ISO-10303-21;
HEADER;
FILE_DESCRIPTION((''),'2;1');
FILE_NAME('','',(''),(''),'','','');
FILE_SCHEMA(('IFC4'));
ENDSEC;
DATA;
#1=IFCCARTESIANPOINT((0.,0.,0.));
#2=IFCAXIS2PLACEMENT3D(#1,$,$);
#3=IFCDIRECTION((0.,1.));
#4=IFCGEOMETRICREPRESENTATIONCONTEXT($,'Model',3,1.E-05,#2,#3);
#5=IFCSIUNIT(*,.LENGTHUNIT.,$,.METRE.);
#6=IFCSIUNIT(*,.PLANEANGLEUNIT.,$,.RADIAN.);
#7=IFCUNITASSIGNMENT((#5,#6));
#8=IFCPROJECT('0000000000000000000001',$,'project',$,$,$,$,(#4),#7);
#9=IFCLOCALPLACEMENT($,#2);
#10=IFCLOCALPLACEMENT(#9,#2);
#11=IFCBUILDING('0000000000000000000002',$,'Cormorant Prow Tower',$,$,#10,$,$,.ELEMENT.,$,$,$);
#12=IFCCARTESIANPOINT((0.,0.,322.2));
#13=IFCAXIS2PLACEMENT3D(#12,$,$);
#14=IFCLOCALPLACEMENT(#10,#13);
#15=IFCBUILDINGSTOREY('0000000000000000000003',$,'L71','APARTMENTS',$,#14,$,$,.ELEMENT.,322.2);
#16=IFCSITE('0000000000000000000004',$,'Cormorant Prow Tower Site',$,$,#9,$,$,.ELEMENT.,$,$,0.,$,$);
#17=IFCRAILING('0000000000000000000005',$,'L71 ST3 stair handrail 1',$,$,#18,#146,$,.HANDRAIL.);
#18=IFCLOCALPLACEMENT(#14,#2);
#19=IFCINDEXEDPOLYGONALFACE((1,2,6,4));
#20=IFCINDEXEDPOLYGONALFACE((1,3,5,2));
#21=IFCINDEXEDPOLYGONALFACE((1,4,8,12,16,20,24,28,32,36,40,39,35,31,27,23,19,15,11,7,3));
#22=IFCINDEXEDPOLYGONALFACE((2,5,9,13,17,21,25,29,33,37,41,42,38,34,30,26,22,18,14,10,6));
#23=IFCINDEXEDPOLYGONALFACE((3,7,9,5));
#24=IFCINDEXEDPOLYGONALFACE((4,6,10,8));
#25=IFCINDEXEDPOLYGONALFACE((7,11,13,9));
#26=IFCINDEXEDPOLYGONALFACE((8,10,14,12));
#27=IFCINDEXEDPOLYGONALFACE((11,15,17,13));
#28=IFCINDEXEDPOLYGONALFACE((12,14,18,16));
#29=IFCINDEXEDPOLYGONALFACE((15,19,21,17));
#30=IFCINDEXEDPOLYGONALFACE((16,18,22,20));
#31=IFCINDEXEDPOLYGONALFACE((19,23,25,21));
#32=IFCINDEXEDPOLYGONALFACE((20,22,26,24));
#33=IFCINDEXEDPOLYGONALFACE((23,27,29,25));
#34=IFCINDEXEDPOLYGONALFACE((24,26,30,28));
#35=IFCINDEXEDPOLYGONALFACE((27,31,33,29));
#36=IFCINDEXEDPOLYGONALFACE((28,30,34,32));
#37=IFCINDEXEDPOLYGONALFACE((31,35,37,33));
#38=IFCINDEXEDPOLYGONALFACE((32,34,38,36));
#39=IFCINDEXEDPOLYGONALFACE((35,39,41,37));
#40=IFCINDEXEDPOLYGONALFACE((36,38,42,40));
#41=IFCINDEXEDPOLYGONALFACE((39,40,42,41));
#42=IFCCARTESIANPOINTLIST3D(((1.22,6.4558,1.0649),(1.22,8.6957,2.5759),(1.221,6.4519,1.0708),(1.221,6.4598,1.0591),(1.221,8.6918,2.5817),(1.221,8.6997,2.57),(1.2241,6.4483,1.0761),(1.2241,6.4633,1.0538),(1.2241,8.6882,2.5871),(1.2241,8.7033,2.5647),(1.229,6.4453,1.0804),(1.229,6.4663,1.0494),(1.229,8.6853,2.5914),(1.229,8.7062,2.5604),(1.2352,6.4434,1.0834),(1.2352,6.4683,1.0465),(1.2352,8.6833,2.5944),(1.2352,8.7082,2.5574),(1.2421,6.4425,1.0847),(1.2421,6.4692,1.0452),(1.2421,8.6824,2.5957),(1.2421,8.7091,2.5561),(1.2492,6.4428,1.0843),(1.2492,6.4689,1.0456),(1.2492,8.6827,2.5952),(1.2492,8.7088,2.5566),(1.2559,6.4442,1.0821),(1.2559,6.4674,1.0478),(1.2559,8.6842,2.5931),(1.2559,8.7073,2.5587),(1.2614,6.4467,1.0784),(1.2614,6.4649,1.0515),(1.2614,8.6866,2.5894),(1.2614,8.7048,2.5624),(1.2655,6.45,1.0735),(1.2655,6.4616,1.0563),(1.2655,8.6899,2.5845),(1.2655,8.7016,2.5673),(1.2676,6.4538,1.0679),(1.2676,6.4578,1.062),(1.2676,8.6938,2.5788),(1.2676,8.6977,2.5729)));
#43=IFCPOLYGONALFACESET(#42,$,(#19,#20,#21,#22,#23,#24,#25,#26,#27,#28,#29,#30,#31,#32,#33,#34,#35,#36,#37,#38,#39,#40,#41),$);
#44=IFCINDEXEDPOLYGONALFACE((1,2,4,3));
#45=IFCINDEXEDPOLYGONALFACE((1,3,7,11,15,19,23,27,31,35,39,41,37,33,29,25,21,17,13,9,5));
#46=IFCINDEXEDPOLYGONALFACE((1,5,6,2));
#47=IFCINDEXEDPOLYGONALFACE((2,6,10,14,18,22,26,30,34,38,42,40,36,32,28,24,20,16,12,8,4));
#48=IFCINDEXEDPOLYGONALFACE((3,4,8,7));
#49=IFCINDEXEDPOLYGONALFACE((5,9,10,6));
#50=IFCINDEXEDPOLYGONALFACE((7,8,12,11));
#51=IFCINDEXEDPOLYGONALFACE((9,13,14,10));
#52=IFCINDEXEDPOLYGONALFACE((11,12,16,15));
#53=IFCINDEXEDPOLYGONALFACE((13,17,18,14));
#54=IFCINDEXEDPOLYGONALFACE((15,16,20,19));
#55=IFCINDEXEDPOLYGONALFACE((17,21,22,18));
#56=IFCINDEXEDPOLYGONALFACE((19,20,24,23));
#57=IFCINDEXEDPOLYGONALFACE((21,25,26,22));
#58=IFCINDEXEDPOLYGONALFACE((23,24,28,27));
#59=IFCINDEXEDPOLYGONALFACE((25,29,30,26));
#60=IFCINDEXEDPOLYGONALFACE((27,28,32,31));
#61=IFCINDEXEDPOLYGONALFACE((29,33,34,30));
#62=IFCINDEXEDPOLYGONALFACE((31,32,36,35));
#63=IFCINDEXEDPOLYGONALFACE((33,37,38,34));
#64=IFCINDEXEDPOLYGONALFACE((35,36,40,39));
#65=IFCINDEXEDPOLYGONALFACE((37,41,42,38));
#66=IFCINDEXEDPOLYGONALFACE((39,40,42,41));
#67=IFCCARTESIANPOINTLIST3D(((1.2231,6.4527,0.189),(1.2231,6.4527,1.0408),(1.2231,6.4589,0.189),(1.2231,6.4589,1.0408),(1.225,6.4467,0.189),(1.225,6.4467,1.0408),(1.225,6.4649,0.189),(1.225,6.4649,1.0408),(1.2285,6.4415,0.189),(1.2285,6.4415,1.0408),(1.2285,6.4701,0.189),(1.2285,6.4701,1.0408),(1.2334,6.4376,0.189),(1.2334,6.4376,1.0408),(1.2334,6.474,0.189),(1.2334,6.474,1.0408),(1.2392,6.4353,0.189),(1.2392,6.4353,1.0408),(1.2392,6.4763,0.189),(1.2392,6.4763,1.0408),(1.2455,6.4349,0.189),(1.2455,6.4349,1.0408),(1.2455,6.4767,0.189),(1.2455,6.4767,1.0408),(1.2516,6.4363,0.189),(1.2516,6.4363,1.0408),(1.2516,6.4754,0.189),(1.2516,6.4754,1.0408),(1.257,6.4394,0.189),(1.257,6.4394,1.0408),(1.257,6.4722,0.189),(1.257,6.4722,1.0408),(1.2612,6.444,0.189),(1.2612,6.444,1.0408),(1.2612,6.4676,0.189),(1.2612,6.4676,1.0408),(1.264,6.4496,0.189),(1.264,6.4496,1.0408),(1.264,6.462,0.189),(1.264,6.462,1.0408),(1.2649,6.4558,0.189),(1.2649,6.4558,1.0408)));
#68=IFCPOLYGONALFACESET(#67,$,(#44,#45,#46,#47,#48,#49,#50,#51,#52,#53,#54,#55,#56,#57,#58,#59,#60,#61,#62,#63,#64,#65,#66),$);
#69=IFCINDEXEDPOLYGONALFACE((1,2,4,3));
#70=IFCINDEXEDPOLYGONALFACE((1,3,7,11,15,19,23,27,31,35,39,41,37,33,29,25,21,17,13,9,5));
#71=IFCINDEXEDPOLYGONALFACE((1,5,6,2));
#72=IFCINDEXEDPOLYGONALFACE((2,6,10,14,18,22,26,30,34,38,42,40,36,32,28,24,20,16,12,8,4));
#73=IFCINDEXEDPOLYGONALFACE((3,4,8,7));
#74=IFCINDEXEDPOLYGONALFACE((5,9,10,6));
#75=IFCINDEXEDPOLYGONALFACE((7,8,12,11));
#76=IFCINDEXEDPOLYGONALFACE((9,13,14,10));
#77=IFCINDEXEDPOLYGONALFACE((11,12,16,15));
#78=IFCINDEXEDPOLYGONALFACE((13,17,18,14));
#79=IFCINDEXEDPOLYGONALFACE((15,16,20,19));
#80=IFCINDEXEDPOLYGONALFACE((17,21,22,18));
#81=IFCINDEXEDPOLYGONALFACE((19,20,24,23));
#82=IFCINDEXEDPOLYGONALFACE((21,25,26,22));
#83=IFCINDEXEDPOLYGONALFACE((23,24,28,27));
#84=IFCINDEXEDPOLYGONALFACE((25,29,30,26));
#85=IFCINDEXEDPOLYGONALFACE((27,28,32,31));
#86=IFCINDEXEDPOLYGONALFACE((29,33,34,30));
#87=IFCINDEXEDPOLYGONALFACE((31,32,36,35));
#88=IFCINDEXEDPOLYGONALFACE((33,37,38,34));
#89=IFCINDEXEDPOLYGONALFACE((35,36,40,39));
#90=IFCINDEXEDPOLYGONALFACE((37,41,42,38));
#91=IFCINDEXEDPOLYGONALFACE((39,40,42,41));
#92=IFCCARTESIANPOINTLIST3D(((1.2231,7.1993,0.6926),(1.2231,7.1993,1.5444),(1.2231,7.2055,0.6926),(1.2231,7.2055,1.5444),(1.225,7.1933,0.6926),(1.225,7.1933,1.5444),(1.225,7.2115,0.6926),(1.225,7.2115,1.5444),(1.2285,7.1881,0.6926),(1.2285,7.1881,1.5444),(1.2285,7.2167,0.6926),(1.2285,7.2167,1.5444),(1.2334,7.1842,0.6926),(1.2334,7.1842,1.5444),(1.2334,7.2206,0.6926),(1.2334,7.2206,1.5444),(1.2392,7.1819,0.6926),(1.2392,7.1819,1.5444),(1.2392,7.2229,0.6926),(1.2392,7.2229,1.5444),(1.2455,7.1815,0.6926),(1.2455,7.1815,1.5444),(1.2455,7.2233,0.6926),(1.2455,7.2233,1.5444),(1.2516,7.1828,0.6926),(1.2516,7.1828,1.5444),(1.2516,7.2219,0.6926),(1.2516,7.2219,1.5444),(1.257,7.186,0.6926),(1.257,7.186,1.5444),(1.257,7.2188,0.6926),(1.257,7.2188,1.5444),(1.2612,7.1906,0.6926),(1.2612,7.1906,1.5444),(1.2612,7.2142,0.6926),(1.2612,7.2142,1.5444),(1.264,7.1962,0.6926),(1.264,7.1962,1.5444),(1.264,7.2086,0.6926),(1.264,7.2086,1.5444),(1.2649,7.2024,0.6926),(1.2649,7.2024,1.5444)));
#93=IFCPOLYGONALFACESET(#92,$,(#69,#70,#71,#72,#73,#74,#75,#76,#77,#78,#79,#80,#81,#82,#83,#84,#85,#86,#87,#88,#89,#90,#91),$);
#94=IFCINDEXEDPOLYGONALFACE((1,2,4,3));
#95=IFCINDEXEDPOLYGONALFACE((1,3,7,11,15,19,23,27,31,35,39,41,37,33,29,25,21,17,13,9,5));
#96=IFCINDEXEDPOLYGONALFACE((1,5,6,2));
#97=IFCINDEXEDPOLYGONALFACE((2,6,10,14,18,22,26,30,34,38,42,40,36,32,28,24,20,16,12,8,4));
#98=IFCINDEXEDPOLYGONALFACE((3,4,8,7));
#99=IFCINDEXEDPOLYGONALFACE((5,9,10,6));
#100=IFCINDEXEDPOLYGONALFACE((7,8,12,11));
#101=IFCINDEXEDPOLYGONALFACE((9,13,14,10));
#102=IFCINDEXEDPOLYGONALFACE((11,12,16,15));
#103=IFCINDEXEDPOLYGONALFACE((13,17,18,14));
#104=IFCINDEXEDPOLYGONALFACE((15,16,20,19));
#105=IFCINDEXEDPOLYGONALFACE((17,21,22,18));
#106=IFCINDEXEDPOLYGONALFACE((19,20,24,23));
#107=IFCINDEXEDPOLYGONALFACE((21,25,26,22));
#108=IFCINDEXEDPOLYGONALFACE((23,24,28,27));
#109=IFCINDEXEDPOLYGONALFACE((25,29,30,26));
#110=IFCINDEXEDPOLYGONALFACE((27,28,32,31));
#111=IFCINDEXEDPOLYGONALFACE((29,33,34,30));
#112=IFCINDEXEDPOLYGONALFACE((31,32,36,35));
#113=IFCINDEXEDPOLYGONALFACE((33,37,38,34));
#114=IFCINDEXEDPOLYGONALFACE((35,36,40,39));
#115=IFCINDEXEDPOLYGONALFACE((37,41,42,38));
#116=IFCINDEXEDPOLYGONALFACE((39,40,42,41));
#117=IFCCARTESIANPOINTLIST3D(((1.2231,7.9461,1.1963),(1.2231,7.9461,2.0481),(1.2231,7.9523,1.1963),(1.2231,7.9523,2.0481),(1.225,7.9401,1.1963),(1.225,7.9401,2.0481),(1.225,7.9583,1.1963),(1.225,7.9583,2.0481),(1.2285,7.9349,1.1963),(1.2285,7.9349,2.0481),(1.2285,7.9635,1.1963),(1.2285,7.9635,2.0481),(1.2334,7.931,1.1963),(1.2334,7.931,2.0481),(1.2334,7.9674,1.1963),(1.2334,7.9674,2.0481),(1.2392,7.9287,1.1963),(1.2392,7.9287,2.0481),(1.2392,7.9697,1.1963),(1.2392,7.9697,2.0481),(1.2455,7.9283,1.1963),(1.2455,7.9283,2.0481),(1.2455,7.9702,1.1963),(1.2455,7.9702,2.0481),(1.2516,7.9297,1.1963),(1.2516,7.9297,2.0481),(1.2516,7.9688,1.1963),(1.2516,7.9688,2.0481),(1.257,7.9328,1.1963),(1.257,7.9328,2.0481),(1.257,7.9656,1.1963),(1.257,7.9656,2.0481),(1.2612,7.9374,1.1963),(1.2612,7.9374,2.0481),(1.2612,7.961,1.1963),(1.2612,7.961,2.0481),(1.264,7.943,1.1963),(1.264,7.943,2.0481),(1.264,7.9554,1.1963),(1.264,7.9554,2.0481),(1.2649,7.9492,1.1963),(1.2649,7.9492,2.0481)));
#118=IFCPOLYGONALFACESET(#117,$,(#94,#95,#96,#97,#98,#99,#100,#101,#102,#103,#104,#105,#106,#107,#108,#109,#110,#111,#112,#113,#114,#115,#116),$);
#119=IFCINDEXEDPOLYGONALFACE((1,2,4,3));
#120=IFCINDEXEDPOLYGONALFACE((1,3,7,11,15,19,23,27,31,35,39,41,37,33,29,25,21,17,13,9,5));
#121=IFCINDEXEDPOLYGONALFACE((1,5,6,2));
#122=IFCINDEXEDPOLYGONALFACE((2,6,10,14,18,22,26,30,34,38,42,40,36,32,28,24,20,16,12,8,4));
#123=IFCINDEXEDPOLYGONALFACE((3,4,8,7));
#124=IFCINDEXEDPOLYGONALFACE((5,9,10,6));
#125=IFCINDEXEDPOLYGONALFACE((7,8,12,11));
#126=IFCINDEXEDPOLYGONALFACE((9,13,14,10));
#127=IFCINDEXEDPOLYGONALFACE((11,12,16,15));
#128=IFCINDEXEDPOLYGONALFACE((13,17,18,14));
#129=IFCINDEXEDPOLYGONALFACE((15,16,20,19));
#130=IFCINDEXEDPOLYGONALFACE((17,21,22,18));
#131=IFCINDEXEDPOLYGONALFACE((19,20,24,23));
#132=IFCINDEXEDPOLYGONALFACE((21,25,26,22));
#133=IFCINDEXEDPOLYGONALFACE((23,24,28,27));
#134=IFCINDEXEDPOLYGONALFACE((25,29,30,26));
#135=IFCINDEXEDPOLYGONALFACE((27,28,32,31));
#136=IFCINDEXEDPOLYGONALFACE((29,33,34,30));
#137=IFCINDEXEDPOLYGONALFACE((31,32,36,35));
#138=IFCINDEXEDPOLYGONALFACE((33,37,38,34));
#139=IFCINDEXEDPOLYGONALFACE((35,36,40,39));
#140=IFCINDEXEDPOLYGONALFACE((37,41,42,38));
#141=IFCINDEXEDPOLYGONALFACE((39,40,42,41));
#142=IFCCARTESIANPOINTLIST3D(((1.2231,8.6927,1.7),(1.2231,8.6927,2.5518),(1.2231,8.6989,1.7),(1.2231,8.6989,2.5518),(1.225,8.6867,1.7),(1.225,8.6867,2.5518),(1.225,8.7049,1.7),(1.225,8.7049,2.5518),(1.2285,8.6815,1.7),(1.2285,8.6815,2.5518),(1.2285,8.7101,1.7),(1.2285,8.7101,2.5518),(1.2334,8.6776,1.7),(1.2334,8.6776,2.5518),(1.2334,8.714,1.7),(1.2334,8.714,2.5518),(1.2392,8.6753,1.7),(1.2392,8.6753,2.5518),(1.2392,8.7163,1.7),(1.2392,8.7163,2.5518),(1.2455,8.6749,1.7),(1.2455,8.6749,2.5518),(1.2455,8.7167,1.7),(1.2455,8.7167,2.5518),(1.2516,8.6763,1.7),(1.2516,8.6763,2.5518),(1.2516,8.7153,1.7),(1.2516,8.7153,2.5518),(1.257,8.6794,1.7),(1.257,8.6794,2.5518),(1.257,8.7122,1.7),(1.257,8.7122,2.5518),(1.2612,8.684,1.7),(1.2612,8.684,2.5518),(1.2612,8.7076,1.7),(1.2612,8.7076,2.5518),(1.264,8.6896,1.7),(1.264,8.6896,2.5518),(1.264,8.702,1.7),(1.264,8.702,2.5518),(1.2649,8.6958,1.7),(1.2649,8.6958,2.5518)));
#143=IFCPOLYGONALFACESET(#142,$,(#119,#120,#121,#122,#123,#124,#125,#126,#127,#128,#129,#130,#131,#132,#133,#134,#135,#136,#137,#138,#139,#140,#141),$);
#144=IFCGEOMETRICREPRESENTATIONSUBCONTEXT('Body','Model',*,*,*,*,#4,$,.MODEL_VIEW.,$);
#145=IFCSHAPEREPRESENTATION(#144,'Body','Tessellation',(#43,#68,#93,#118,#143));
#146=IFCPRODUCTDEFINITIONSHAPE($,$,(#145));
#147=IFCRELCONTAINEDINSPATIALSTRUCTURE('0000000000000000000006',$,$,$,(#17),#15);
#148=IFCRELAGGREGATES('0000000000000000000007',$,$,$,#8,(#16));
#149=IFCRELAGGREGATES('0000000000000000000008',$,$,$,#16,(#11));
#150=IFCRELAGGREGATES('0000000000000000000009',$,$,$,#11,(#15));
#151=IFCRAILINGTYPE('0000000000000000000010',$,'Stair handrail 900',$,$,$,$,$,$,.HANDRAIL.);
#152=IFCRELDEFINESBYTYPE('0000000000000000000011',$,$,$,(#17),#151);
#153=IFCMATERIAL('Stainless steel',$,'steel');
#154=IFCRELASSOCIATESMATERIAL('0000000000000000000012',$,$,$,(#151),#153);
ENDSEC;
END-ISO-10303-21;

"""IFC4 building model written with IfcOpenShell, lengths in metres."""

from ifc_helpers import new_model, si_unit, direction, frame, origin, origin_2d, place, context, subcontext, project, spatial, circle, extrude, material, type_object, element, save


model = new_model("IFC4")

# Units and contexts
model_context = context("Model", 3, precision=1e-05, world=origin(), true_north=direction((0.0, 1.0)))
body_context = subcontext(model_context, "Body", "Model", "MODEL_VIEW")
ifc_project = project(units=[si_unit("LENGTHUNIT", "METRE"), si_unit("PLANEANGLEUNIT", "RADIAN")], contexts=[model_context])

# Site, building, storey
site_placement = place(None, origin())
site = spatial("IfcSite", under=ifc_project, at=site_placement, Name="Cormorant Prow Tower Site", CompositionType="ELEMENT", RefElevation=0.0)
building_placement = place(site_placement, origin())
building = spatial("IfcBuilding", under=site, at=building_placement, Name="Cormorant Prow Tower", CompositionType="ELEMENT")
storey_placement = place(building_placement, frame((0.0, 0.0, 322.2)))
storey = spatial("IfcBuildingStorey", under=building, at=storey_placement, Name="L71", Description="APARTMENTS", CompositionType="ELEMENT", Elevation=322.2)

# Railing
ifc_material_1 = material(Name="Stainless steel", Category="steel")
railing_type_1 = type_object("IfcRailingType", Name="Stair handrail 900", PredefinedType="HANDRAIL", material=ifc_material_1)
railing_1_placement = place(storey_placement, frame((1.2439, 6.4558, 0.189)))
element("IfcRailing", 1, at=railing_1_placement, inside=storey, type_object=railing_type_1, Name="L71 ST3 stair handrail 1", PredefinedType="HANDRAIL", context=body_context, shape_type="SweptSolid", body=[
    extrude(circle(Radius=0.0239, at=origin_2d()), frame((0.0, 0.0, 0.876), z_axis=(0.0, 0.829021, 0.559217), x_axis=(-1.0, 0.0, 0.0)), (0.0, 0.0, 1.0), 2.7019),
    extrude(circle(Radius=0.021, at=origin_2d()), origin(), (0.0, 0.0, 1.0), 0.8518),
    extrude(circle(Radius=0.021, at=origin_2d()), frame((0.0, 0.7466, 0.5037)), (0.0, 0.0, 1.0), 0.8518),
    extrude(circle(Radius=0.021, at=origin_2d()), frame((0.0, 1.4934, 1.0073)), (0.0, 0.0, 1.0), 0.8518),
    extrude(circle(Radius=0.021, at=origin_2d()), frame((0.0, 2.24, 1.511)), (0.0, 0.0, 1.0), 0.8518),
])

save(model, "model.ifc")
